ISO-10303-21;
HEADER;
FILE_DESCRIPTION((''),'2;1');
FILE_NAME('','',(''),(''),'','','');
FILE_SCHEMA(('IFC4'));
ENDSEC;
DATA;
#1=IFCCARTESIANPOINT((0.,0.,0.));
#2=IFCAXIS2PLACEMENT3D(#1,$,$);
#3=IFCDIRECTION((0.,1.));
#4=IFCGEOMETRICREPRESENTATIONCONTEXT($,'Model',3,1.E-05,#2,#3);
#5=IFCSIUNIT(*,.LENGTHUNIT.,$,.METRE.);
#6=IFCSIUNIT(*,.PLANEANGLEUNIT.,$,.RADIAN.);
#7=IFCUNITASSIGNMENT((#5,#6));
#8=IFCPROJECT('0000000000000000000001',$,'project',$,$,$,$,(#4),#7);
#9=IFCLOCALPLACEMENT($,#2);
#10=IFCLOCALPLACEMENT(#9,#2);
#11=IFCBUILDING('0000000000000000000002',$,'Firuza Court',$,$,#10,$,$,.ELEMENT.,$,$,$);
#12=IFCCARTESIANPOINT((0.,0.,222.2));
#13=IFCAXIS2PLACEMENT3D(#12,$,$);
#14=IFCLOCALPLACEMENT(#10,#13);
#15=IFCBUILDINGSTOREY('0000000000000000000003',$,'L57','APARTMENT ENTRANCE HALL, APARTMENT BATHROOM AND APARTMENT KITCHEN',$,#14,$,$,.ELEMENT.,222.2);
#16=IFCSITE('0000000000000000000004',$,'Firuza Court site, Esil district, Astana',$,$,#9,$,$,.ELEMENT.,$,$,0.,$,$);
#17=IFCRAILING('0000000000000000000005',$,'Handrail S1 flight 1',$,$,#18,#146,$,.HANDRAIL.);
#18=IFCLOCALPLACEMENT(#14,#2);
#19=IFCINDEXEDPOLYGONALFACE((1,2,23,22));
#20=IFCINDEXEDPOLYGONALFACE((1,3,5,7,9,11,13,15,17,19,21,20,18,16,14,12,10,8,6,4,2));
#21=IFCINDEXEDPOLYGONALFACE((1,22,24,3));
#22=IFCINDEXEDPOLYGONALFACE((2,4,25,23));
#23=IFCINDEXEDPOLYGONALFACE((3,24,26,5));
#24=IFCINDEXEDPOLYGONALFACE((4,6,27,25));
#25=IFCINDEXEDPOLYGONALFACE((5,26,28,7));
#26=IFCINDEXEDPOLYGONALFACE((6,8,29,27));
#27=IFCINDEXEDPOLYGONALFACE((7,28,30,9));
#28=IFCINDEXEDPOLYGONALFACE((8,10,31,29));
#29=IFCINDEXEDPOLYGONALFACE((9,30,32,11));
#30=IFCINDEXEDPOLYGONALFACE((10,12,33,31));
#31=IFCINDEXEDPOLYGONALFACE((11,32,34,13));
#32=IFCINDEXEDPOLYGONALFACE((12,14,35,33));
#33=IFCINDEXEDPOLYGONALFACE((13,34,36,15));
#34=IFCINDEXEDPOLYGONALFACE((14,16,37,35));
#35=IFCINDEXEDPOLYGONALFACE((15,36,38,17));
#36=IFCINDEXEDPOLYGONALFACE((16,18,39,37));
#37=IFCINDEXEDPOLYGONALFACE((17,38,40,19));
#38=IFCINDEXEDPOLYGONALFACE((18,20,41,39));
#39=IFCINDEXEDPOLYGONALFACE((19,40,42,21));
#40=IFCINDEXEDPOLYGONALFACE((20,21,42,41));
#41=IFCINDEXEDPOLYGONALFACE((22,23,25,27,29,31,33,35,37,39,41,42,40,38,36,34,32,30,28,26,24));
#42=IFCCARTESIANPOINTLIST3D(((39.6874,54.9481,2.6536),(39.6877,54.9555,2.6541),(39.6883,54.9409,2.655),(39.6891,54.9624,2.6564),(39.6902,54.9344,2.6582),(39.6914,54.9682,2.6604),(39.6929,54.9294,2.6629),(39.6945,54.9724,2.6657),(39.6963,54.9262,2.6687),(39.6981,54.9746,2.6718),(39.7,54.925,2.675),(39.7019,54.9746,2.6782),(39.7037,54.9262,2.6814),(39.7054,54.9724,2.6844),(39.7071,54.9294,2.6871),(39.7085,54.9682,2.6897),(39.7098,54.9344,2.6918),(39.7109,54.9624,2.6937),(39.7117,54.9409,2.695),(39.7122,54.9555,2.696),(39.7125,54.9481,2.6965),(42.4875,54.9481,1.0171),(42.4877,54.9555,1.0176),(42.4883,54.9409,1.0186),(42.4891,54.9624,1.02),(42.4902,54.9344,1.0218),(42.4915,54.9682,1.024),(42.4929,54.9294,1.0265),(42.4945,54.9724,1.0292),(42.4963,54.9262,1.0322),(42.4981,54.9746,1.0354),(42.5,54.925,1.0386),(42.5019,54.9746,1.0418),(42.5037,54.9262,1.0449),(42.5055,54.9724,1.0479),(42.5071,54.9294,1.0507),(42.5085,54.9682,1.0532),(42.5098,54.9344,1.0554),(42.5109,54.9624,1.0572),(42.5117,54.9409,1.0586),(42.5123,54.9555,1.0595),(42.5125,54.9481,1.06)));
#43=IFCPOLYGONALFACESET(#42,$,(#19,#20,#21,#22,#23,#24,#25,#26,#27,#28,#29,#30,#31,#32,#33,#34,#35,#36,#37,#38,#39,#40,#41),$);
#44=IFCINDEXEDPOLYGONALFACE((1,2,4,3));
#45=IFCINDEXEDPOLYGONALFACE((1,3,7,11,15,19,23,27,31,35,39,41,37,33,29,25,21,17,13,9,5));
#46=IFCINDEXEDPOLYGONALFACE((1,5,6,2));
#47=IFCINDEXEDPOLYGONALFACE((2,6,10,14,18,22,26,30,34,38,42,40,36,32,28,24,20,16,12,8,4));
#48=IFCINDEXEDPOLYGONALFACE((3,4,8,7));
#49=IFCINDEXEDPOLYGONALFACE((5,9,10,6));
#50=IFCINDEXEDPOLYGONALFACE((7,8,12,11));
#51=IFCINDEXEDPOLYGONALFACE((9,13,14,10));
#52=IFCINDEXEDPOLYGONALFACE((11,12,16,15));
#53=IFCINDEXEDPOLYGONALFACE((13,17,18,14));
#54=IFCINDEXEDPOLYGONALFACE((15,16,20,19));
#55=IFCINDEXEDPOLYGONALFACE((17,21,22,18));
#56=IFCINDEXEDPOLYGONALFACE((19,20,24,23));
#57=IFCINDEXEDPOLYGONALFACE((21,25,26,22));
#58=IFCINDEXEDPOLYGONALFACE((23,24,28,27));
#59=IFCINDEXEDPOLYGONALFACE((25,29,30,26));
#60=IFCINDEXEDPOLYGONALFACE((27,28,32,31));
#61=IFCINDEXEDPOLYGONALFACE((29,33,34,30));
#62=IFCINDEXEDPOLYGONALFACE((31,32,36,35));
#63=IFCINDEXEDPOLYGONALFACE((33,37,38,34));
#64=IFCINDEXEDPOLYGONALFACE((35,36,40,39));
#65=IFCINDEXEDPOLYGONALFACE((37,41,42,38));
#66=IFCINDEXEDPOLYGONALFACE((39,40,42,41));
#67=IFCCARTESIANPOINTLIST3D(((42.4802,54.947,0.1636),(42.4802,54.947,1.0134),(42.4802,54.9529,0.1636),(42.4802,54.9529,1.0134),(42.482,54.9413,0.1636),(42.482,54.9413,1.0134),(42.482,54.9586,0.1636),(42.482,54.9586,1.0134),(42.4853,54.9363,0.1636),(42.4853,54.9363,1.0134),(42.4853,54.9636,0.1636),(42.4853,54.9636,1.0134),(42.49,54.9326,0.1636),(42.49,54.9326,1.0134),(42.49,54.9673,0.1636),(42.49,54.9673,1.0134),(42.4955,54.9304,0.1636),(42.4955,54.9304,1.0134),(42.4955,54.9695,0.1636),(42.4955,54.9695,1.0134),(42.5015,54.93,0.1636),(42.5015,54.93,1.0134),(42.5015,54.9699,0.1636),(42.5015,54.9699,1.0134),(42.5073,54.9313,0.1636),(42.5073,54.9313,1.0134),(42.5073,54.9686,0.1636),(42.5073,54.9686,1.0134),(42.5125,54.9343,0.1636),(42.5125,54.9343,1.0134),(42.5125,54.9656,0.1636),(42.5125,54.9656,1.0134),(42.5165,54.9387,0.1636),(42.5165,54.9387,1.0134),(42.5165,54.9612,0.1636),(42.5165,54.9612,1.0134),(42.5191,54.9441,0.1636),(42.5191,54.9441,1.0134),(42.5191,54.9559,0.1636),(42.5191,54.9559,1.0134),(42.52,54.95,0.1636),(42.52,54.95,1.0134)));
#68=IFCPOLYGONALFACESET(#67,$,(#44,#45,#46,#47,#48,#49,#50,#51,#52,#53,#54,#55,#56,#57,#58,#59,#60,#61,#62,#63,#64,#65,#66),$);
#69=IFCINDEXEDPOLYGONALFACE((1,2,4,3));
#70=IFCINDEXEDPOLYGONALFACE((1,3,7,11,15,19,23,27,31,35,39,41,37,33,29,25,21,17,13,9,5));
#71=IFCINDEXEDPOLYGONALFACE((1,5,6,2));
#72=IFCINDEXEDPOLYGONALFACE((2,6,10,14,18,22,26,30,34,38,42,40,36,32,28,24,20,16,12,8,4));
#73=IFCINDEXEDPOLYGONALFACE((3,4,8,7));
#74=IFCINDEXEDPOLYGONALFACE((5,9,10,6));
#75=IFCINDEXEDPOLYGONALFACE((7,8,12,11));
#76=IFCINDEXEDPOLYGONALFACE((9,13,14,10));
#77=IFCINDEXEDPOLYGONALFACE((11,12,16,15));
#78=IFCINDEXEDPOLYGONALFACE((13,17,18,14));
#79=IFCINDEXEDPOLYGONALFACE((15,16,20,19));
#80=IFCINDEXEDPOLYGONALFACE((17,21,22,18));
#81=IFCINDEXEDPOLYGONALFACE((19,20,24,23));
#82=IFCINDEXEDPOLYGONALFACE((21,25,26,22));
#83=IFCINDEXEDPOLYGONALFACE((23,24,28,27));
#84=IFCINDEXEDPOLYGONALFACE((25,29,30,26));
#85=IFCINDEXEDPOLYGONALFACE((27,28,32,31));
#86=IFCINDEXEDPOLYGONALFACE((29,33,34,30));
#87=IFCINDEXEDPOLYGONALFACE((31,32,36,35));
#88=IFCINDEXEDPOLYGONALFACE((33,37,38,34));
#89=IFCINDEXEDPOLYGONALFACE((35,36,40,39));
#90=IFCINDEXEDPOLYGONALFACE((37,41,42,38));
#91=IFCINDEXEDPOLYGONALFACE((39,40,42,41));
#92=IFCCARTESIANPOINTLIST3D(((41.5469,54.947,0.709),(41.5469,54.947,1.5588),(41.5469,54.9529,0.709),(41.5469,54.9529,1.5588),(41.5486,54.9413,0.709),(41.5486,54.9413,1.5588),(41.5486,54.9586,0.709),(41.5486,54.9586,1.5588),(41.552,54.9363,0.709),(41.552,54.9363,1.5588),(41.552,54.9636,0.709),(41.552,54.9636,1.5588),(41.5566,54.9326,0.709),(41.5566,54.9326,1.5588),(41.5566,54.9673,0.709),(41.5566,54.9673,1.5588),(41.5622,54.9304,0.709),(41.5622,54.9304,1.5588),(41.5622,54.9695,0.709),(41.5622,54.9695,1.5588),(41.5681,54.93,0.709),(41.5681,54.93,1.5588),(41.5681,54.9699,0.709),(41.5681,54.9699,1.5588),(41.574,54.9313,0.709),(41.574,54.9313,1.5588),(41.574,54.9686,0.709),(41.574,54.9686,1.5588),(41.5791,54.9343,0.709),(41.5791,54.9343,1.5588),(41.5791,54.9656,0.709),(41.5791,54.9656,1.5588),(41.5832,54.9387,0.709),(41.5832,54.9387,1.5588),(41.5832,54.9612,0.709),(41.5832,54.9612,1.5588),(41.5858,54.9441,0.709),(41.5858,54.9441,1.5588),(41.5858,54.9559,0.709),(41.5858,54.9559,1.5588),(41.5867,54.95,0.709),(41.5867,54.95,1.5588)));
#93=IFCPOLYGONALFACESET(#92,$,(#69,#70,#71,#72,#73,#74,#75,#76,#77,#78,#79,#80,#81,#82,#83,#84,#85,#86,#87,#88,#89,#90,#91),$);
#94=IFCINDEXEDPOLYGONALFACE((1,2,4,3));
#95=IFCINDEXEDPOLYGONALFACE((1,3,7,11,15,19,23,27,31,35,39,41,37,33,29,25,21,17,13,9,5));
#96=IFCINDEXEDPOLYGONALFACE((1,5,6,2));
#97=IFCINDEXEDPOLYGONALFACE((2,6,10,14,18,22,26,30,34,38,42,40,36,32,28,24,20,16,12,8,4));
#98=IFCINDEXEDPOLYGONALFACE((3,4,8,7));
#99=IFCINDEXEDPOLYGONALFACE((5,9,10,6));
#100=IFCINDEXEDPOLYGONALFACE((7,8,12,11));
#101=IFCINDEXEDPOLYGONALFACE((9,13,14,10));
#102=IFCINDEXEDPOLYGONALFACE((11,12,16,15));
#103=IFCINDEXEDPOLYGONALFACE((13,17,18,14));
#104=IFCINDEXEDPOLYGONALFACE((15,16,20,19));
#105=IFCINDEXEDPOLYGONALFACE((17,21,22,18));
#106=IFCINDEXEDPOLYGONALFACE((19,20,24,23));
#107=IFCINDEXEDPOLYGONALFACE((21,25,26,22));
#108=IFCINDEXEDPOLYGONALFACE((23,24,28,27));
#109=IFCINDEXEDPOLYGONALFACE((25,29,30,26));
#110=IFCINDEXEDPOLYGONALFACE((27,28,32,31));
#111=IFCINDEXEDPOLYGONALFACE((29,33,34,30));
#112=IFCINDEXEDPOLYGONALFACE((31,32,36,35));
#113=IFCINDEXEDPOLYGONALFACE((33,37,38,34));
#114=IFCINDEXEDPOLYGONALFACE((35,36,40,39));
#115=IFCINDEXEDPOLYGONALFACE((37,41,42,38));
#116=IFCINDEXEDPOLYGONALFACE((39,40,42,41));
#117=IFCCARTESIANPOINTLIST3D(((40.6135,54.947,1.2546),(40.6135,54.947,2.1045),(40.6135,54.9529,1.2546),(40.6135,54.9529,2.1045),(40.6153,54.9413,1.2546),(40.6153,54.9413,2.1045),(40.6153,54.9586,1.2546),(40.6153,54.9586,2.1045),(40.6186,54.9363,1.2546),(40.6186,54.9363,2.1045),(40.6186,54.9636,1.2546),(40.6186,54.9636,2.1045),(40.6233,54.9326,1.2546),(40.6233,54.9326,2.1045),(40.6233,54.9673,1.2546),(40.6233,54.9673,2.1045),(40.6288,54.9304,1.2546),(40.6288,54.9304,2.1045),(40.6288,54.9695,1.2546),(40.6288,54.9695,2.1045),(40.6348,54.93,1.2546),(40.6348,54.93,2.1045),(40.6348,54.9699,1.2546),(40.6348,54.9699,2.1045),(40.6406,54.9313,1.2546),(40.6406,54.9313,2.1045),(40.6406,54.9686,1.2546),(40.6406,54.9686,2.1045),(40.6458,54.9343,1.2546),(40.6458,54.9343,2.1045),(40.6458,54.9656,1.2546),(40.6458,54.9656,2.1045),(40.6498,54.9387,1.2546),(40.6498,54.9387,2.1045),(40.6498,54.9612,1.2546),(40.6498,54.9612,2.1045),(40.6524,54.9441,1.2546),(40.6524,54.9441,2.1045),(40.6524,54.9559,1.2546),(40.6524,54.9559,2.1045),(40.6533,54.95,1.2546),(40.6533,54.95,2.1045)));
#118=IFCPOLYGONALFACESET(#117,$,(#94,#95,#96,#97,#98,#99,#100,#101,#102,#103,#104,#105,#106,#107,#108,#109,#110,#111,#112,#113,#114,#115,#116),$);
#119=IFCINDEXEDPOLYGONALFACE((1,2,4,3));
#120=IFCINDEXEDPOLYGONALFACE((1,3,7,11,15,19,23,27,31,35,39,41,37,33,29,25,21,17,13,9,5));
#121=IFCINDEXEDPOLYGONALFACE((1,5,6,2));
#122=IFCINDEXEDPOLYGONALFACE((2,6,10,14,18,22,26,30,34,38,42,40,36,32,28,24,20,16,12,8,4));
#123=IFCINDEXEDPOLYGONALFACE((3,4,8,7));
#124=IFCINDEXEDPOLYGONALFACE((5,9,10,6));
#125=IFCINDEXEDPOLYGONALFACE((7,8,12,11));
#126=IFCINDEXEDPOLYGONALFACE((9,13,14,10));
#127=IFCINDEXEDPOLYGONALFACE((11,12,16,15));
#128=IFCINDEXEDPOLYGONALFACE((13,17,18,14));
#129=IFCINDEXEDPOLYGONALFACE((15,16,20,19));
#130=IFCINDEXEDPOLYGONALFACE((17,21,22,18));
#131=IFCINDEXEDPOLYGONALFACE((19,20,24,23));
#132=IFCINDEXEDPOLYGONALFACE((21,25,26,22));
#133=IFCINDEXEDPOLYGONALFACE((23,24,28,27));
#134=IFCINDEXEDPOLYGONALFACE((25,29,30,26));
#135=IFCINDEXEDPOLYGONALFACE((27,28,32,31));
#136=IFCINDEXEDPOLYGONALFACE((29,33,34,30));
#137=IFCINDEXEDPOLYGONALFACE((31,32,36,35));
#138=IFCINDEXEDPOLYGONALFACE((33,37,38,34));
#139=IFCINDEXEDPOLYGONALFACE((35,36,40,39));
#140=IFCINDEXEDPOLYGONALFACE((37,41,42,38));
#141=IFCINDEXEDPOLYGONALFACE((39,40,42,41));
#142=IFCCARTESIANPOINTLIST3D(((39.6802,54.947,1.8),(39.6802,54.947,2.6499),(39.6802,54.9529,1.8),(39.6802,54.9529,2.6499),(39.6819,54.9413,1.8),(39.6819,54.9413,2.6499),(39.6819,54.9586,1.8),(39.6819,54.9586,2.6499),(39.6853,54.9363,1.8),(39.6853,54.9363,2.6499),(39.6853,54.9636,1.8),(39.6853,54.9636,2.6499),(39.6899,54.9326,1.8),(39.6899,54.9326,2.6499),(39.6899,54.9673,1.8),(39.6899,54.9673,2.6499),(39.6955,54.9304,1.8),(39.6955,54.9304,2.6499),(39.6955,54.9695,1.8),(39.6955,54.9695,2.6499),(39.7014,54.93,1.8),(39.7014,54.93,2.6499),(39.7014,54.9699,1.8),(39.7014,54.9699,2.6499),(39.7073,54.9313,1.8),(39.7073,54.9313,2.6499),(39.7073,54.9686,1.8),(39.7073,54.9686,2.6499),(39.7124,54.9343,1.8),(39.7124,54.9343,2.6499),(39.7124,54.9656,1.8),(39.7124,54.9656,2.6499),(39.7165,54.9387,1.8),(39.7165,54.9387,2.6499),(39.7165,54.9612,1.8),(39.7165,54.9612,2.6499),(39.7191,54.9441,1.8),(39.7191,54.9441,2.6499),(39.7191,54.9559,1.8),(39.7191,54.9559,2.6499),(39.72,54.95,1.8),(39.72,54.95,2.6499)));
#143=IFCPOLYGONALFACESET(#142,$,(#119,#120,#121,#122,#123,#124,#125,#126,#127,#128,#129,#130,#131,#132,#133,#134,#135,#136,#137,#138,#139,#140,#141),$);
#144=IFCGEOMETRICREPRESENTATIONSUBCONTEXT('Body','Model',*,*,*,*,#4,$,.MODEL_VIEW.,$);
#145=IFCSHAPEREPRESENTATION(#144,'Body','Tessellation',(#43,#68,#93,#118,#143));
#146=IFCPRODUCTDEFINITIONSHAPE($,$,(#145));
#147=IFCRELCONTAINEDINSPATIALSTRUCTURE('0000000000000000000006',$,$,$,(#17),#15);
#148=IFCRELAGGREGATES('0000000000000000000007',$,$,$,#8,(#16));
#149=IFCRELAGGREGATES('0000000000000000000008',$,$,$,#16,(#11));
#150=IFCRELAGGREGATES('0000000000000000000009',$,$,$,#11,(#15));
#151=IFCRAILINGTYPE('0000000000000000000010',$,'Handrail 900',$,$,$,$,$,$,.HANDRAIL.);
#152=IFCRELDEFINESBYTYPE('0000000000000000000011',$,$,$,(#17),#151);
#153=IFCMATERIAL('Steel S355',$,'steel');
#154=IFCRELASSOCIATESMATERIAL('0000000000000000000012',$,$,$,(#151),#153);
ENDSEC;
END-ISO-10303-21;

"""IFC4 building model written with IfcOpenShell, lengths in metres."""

from ifc_helpers import new_model, si_unit, direction, frame, origin, origin_2d, place, context, subcontext, project, spatial, circle, extrude, material, type_object, element, save


model = new_model("IFC4")

# Units and contexts
model_context = context("Model", 3, precision=1e-05, world=origin(), true_north=direction((0.0, 1.0)))
body_context = subcontext(model_context, "Body", "Model", "MODEL_VIEW")
ifc_project = project(units=[si_unit("LENGTHUNIT", "METRE"), si_unit("PLANEANGLEUNIT", "RADIAN")], contexts=[model_context])

# Site, building, storey
site_placement = place(None, origin())
site = spatial("IfcSite", under=ifc_project, at=site_placement, Name="Firuza Court site, Esil district, Astana", CompositionType="ELEMENT", RefElevation=0.0)
building_placement = place(site_placement, origin())
building = spatial("IfcBuilding", under=site, at=building_placement, Name="Firuza Court", CompositionType="ELEMENT")
storey_placement = place(building_placement, frame((0.0, 0.0, 222.2)))
storey = spatial("IfcBuildingStorey", under=building, at=storey_placement, Name="L57", Description="APARTMENT ENTRANCE HALL, APARTMENT BATHROOM AND APARTMENT KITCHEN", CompositionType="ELEMENT", Elevation=222.2)

# Railing
ifc_material_1 = material(Name="Steel S355", Category="steel")
railing_type = type_object("IfcRailingType", Name="Handrail 900", PredefinedType="HANDRAIL", material=ifc_material_1)
railing_1_placement = place(storey_placement, frame((42.5, 54.95, 0.1636)))
element("IfcRailing", 1, at=railing_1_placement, inside=storey, type_object=railing_type, Name="Handrail S1 flight 1", PredefinedType="HANDRAIL", context=body_context, shape_type="SweptSolid", body=[
    extrude(circle(Radius=0.0249, at=origin_2d()), frame((0.0, 0.0, 0.875), z_axis=(-0.863361, 0.0, 0.504587), x_axis=(0.0, -1.0, 0.0)), (0.0, 0.0, 1.0), 3.2432),
    extrude(circle(Radius=0.02, at=origin_2d()), origin(), (0.0, 0.0, 1.0), 0.8499),
    extrude(circle(Radius=0.02, at=origin_2d()), frame((-0.9333, 0.0, 0.5454)), (0.0, 0.0, 1.0), 0.8499),
    extrude(circle(Radius=0.02, at=origin_2d()), frame((-1.8667, 0.0, 1.0911)), (0.0, 0.0, 1.0), 0.8499),
    extrude(circle(Radius=0.02, at=origin_2d()), frame((-2.8, 0.0, 1.6365)), (0.0, 0.0, 1.0), 0.8499),
])

save(model, "model.ifc")
